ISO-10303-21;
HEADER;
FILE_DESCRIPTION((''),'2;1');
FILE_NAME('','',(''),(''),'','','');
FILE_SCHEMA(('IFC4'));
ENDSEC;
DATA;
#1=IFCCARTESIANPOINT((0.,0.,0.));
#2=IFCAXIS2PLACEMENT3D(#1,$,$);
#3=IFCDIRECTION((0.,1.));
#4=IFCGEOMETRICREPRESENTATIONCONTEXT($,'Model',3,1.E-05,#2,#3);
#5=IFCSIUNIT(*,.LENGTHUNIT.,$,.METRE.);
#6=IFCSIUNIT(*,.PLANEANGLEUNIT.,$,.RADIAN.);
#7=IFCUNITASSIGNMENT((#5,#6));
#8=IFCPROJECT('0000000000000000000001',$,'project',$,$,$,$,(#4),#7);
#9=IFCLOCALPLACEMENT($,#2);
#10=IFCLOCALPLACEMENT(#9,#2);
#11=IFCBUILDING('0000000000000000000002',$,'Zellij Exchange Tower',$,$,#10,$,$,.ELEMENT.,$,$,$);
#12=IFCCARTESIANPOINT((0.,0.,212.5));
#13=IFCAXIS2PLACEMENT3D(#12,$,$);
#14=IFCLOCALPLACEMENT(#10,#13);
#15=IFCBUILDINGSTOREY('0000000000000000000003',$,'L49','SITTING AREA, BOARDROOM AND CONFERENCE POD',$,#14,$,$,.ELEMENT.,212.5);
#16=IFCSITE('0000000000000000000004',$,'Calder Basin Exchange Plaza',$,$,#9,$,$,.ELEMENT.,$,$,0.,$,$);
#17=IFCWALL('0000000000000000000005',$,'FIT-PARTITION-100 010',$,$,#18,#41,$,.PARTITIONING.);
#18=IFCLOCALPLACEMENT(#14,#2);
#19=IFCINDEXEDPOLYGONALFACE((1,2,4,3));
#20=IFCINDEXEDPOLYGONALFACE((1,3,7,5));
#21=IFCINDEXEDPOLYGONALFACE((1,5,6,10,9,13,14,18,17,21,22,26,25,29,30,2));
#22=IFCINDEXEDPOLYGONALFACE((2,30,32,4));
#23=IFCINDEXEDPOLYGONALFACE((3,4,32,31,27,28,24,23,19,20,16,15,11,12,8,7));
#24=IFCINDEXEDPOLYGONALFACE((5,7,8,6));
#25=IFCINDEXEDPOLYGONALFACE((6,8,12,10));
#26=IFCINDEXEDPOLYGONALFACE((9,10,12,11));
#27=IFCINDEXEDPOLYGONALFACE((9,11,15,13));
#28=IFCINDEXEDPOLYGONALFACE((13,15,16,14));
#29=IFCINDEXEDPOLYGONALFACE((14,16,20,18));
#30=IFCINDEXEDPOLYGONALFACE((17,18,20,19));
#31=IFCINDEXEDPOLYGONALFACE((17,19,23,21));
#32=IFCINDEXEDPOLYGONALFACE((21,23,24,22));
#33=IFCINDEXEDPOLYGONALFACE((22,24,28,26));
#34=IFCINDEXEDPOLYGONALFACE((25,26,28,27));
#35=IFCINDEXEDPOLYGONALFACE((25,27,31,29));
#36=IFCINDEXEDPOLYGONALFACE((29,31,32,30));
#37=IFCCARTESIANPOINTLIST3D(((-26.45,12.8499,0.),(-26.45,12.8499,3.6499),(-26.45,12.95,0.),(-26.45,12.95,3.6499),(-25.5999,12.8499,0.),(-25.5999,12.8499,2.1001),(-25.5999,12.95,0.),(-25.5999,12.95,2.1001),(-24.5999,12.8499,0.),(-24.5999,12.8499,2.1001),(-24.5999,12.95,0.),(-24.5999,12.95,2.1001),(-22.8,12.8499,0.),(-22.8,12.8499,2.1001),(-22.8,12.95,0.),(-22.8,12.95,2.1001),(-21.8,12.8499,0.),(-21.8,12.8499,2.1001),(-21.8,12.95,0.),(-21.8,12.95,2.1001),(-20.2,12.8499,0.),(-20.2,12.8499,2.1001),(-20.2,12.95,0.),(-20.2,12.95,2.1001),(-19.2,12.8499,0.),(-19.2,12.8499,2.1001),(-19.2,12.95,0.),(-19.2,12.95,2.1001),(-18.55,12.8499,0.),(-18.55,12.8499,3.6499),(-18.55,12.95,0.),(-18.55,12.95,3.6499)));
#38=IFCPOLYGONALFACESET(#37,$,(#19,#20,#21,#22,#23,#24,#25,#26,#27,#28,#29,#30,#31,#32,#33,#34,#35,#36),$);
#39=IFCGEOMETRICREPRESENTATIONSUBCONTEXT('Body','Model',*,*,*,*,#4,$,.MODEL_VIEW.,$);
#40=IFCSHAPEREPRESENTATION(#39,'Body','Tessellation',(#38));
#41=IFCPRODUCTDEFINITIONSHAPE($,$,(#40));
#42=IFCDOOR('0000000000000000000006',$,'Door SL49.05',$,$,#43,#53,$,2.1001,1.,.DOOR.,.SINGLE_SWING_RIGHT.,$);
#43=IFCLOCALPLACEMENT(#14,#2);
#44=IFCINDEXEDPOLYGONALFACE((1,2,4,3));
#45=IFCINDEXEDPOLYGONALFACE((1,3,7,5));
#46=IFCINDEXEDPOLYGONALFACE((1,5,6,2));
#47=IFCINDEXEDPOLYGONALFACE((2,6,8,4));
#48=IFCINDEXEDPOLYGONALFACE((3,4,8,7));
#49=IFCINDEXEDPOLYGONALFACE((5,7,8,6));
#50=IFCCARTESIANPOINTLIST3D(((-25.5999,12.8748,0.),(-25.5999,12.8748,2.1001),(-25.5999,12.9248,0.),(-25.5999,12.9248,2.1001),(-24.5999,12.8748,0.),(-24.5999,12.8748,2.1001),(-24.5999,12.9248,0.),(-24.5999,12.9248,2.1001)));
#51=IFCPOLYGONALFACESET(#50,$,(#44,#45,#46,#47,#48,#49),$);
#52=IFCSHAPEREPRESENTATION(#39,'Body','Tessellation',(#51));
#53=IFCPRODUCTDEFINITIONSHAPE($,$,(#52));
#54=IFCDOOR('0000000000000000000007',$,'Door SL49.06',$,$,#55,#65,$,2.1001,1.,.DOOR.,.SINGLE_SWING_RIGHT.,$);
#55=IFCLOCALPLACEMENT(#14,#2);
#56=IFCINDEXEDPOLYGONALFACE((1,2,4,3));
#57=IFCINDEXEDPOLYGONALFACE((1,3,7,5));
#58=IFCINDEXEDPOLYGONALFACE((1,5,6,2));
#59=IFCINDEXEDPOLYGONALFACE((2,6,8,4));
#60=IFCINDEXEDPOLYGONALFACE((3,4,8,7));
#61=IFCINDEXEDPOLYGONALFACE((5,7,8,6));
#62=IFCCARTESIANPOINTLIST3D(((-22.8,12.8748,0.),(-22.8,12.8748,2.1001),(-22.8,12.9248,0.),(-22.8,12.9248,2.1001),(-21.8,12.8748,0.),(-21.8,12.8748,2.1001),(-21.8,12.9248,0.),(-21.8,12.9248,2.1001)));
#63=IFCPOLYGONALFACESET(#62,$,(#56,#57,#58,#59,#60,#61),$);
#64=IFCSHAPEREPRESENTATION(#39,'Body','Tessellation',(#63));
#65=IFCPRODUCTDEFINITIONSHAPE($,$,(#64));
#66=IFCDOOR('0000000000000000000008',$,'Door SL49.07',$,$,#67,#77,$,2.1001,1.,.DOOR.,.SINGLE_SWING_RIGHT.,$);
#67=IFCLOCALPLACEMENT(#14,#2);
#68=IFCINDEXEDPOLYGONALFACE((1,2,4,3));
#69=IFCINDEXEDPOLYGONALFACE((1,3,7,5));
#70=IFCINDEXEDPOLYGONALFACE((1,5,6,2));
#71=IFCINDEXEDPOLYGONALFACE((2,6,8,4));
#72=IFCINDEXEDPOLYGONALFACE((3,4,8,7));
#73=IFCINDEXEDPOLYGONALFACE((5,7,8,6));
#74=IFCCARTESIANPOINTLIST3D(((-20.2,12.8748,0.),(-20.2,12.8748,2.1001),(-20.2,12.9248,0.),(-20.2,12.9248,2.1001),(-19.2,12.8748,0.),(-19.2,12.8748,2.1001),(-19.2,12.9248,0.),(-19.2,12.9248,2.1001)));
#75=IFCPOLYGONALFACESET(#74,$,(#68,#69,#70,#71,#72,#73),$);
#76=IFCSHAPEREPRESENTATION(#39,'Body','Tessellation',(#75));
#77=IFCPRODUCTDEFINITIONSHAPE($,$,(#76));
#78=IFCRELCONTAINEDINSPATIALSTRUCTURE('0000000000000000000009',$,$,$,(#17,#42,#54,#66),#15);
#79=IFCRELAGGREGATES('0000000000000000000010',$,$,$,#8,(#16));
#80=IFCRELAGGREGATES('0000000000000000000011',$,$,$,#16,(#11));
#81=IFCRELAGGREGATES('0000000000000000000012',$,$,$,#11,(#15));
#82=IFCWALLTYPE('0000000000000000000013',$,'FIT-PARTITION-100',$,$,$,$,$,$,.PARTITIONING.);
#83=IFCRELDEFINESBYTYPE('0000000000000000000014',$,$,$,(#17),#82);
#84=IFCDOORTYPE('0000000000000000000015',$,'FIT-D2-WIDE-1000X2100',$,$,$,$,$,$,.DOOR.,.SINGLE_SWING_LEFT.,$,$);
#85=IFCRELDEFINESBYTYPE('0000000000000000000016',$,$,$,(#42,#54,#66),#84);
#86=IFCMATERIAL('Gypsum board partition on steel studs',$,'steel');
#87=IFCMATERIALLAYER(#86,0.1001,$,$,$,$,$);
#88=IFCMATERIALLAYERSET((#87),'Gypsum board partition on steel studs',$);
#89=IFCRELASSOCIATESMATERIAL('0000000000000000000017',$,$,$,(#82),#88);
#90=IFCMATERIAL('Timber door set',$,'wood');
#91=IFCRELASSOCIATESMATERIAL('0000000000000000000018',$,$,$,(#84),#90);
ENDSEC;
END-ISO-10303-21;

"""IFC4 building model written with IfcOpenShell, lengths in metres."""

from ifc_helpers import new_model, si_unit, direction, frame, frame_2d, origin, place, context, subcontext, project, spatial, rectangle, extrude, material, layer, layer_set, type_object, element, fill, save


model = new_model("IFC4")

# Units and contexts
model_context = context("Model", 3, precision=1e-05, world=origin(), true_north=direction((0.0, 1.0)))
body_context = subcontext(model_context, "Body", "Model", "MODEL_VIEW")
ifc_project = project(units=[si_unit("LENGTHUNIT", "METRE"), si_unit("PLANEANGLEUNIT", "RADIAN")], contexts=[model_context])

# Site, building, storey
site_placement = place(None, origin())
site = spatial("IfcSite", under=ifc_project, at=site_placement, Name="Calder Basin Exchange Plaza", CompositionType="ELEMENT", RefElevation=0.0)
building_placement = place(site_placement, origin())
building = spatial("IfcBuilding", under=site, at=building_placement, Name="Zellij Exchange Tower", CompositionType="ELEMENT")
storey_placement = place(building_placement, frame((0.0, 0.0, 212.5)))
storey = spatial("IfcBuildingStorey", under=building, at=storey_placement, Name="L49", Description="SITTING AREA, BOARDROOM AND CONFERENCE POD", CompositionType="ELEMENT", Elevation=212.5)

# Shared definitions
ifc_material_1 = material(Name="Gypsum board partition on steel studs", Category="steel")
ifc_layer_1 = layer(ifc_material_1, 0.1001)
ifc_layer_set_1 = layer_set([ifc_layer_1], Name="Gypsum board partition on steel studs")
wall_type_1 = type_object("IfcWallType", Name="FIT-PARTITION-100", PredefinedType="PARTITIONING", material=ifc_layer_set_1)
ifc_material_2 = material(Name="Timber door set", Category="wood")
door_type_1 = type_object("IfcDoorType", Name="FIT-D2-WIDE-1000X2100", OperationType="SINGLE_SWING_LEFT", PredefinedType="DOOR", material=ifc_material_2)

# Wall, openings, doors
wall_1_placement = place(storey_placement, frame((-26.45, 12.8999, 0.0), z_axis=(0.0, 0.0, 1.0), x_axis=(1.0, 0.0, 0.0)))
wall_1 = element("IfcWall", 1, at=wall_1_placement, inside=storey, type_object=wall_type_1, Name="FIT-PARTITION-100 010", PredefinedType="PARTITIONING", context=body_context, shape_type="SweptSolid", body=[
    extrude(rectangle(XDim=7.8999, YDim=0.1001, at=frame_2d((3.95, 0.0))), origin(), (0.0, 0.0, 1.0), 3.6499),
])
opening_1_placement = place(wall_1_placement, frame((0.8501, 0.0, 0.0)))
opening_1 = element("IfcOpeningElement", 2, at=opening_1_placement, cuts=wall_1, PredefinedType="OPENING", context=body_context, shape_type="SweptSolid", body=[
    extrude(rectangle(XDim=1.0, YDim=2.1001, at=frame_2d((0.5, 1.05))), frame((0.0, 0.062, 0.0), z_axis=(0.0, -1.0, 0.0), x_axis=(1.0, 0.0, 0.0)), (0.0, 0.0, 1.0), 0.124),
])
opening_2_placement = place(wall_1_placement, frame((3.6499, 0.0, 0.0)))
opening_2 = element("IfcOpeningElement", 3, at=opening_2_placement, cuts=wall_1, PredefinedType="OPENING", context=body_context, shape_type="SweptSolid", body=[
    extrude(rectangle(XDim=1.0, YDim=2.1001, at=frame_2d((0.5, 1.05))), frame((0.0, 0.062, 0.0), z_axis=(0.0, -1.0, 0.0), x_axis=(1.0, 0.0, 0.0)), (0.0, 0.0, 1.0), 0.124),
])
opening_3_placement = place(wall_1_placement, frame((6.25, 0.0, 0.0)))
opening_3 = element("IfcOpeningElement", 4, at=opening_3_placement, cuts=wall_1, PredefinedType="OPENING", context=body_context, shape_type="SweptSolid", body=[
    extrude(rectangle(XDim=1.0, YDim=2.1001, at=frame_2d((0.5, 1.05))), frame((0.0, 0.062, 0.0), z_axis=(0.0, -1.0, 0.0), x_axis=(1.0, 0.0, 0.0)), (0.0, 0.0, 1.0), 0.124),
])
door_1_placement = place(opening_1_placement, origin())
door_1 = element("IfcDoor", 5, at=door_1_placement, inside=storey, type_object=door_type_1, Name="Door SL49.05", OperationType="SINGLE_SWING_RIGHT", OverallHeight=2.1001, OverallWidth=1.0, PredefinedType="DOOR", context=body_context, shape_type="SweptSolid", body=[
    extrude(rectangle(XDim=1.0, YDim=2.1001, at=frame_2d((0.5, 1.05))), frame((0.0, 0.0249, 0.0), z_axis=(0.0, -1.0, 0.0), x_axis=(1.0, 0.0, 0.0)), (0.0, 0.0, 1.0), 0.05),
])
fill(opening_1, door_1)
door_2_placement = place(opening_2_placement, origin())
door_2 = element("IfcDoor", 6, at=door_2_placement, inside=storey, type_object=door_type_1, Name="Door SL49.06", OperationType="SINGLE_SWING_RIGHT", OverallHeight=2.1001, OverallWidth=1.0, PredefinedType="DOOR", context=body_context, shape_type="SweptSolid", body=[
    extrude(rectangle(XDim=1.0, YDim=2.1001, at=frame_2d((0.5, 1.05))), frame((0.0, 0.0249, 0.0), z_axis=(0.0, -1.0, 0.0), x_axis=(1.0, 0.0, 0.0)), (0.0, 0.0, 1.0), 0.05),
])
fill(opening_2, door_2)
door_3_placement = place(opening_3_placement, origin())
door_3 = element("IfcDoor", 7, at=door_3_placement, inside=storey, type_object=door_type_1, Name="Door SL49.07", OperationType="SINGLE_SWING_RIGHT", OverallHeight=2.1001, OverallWidth=1.0, PredefinedType="DOOR", context=body_context, shape_type="SweptSolid", body=[
    extrude(rectangle(XDim=1.0, YDim=2.1001, at=frame_2d((0.5, 1.05))), frame((0.0, 0.0249, 0.0), z_axis=(0.0, -1.0, 0.0), x_axis=(1.0, 0.0, 0.0)), (0.0, 0.0, 1.0), 0.05),
])
fill(opening_3, door_3)

save(model, "model.ifc")
